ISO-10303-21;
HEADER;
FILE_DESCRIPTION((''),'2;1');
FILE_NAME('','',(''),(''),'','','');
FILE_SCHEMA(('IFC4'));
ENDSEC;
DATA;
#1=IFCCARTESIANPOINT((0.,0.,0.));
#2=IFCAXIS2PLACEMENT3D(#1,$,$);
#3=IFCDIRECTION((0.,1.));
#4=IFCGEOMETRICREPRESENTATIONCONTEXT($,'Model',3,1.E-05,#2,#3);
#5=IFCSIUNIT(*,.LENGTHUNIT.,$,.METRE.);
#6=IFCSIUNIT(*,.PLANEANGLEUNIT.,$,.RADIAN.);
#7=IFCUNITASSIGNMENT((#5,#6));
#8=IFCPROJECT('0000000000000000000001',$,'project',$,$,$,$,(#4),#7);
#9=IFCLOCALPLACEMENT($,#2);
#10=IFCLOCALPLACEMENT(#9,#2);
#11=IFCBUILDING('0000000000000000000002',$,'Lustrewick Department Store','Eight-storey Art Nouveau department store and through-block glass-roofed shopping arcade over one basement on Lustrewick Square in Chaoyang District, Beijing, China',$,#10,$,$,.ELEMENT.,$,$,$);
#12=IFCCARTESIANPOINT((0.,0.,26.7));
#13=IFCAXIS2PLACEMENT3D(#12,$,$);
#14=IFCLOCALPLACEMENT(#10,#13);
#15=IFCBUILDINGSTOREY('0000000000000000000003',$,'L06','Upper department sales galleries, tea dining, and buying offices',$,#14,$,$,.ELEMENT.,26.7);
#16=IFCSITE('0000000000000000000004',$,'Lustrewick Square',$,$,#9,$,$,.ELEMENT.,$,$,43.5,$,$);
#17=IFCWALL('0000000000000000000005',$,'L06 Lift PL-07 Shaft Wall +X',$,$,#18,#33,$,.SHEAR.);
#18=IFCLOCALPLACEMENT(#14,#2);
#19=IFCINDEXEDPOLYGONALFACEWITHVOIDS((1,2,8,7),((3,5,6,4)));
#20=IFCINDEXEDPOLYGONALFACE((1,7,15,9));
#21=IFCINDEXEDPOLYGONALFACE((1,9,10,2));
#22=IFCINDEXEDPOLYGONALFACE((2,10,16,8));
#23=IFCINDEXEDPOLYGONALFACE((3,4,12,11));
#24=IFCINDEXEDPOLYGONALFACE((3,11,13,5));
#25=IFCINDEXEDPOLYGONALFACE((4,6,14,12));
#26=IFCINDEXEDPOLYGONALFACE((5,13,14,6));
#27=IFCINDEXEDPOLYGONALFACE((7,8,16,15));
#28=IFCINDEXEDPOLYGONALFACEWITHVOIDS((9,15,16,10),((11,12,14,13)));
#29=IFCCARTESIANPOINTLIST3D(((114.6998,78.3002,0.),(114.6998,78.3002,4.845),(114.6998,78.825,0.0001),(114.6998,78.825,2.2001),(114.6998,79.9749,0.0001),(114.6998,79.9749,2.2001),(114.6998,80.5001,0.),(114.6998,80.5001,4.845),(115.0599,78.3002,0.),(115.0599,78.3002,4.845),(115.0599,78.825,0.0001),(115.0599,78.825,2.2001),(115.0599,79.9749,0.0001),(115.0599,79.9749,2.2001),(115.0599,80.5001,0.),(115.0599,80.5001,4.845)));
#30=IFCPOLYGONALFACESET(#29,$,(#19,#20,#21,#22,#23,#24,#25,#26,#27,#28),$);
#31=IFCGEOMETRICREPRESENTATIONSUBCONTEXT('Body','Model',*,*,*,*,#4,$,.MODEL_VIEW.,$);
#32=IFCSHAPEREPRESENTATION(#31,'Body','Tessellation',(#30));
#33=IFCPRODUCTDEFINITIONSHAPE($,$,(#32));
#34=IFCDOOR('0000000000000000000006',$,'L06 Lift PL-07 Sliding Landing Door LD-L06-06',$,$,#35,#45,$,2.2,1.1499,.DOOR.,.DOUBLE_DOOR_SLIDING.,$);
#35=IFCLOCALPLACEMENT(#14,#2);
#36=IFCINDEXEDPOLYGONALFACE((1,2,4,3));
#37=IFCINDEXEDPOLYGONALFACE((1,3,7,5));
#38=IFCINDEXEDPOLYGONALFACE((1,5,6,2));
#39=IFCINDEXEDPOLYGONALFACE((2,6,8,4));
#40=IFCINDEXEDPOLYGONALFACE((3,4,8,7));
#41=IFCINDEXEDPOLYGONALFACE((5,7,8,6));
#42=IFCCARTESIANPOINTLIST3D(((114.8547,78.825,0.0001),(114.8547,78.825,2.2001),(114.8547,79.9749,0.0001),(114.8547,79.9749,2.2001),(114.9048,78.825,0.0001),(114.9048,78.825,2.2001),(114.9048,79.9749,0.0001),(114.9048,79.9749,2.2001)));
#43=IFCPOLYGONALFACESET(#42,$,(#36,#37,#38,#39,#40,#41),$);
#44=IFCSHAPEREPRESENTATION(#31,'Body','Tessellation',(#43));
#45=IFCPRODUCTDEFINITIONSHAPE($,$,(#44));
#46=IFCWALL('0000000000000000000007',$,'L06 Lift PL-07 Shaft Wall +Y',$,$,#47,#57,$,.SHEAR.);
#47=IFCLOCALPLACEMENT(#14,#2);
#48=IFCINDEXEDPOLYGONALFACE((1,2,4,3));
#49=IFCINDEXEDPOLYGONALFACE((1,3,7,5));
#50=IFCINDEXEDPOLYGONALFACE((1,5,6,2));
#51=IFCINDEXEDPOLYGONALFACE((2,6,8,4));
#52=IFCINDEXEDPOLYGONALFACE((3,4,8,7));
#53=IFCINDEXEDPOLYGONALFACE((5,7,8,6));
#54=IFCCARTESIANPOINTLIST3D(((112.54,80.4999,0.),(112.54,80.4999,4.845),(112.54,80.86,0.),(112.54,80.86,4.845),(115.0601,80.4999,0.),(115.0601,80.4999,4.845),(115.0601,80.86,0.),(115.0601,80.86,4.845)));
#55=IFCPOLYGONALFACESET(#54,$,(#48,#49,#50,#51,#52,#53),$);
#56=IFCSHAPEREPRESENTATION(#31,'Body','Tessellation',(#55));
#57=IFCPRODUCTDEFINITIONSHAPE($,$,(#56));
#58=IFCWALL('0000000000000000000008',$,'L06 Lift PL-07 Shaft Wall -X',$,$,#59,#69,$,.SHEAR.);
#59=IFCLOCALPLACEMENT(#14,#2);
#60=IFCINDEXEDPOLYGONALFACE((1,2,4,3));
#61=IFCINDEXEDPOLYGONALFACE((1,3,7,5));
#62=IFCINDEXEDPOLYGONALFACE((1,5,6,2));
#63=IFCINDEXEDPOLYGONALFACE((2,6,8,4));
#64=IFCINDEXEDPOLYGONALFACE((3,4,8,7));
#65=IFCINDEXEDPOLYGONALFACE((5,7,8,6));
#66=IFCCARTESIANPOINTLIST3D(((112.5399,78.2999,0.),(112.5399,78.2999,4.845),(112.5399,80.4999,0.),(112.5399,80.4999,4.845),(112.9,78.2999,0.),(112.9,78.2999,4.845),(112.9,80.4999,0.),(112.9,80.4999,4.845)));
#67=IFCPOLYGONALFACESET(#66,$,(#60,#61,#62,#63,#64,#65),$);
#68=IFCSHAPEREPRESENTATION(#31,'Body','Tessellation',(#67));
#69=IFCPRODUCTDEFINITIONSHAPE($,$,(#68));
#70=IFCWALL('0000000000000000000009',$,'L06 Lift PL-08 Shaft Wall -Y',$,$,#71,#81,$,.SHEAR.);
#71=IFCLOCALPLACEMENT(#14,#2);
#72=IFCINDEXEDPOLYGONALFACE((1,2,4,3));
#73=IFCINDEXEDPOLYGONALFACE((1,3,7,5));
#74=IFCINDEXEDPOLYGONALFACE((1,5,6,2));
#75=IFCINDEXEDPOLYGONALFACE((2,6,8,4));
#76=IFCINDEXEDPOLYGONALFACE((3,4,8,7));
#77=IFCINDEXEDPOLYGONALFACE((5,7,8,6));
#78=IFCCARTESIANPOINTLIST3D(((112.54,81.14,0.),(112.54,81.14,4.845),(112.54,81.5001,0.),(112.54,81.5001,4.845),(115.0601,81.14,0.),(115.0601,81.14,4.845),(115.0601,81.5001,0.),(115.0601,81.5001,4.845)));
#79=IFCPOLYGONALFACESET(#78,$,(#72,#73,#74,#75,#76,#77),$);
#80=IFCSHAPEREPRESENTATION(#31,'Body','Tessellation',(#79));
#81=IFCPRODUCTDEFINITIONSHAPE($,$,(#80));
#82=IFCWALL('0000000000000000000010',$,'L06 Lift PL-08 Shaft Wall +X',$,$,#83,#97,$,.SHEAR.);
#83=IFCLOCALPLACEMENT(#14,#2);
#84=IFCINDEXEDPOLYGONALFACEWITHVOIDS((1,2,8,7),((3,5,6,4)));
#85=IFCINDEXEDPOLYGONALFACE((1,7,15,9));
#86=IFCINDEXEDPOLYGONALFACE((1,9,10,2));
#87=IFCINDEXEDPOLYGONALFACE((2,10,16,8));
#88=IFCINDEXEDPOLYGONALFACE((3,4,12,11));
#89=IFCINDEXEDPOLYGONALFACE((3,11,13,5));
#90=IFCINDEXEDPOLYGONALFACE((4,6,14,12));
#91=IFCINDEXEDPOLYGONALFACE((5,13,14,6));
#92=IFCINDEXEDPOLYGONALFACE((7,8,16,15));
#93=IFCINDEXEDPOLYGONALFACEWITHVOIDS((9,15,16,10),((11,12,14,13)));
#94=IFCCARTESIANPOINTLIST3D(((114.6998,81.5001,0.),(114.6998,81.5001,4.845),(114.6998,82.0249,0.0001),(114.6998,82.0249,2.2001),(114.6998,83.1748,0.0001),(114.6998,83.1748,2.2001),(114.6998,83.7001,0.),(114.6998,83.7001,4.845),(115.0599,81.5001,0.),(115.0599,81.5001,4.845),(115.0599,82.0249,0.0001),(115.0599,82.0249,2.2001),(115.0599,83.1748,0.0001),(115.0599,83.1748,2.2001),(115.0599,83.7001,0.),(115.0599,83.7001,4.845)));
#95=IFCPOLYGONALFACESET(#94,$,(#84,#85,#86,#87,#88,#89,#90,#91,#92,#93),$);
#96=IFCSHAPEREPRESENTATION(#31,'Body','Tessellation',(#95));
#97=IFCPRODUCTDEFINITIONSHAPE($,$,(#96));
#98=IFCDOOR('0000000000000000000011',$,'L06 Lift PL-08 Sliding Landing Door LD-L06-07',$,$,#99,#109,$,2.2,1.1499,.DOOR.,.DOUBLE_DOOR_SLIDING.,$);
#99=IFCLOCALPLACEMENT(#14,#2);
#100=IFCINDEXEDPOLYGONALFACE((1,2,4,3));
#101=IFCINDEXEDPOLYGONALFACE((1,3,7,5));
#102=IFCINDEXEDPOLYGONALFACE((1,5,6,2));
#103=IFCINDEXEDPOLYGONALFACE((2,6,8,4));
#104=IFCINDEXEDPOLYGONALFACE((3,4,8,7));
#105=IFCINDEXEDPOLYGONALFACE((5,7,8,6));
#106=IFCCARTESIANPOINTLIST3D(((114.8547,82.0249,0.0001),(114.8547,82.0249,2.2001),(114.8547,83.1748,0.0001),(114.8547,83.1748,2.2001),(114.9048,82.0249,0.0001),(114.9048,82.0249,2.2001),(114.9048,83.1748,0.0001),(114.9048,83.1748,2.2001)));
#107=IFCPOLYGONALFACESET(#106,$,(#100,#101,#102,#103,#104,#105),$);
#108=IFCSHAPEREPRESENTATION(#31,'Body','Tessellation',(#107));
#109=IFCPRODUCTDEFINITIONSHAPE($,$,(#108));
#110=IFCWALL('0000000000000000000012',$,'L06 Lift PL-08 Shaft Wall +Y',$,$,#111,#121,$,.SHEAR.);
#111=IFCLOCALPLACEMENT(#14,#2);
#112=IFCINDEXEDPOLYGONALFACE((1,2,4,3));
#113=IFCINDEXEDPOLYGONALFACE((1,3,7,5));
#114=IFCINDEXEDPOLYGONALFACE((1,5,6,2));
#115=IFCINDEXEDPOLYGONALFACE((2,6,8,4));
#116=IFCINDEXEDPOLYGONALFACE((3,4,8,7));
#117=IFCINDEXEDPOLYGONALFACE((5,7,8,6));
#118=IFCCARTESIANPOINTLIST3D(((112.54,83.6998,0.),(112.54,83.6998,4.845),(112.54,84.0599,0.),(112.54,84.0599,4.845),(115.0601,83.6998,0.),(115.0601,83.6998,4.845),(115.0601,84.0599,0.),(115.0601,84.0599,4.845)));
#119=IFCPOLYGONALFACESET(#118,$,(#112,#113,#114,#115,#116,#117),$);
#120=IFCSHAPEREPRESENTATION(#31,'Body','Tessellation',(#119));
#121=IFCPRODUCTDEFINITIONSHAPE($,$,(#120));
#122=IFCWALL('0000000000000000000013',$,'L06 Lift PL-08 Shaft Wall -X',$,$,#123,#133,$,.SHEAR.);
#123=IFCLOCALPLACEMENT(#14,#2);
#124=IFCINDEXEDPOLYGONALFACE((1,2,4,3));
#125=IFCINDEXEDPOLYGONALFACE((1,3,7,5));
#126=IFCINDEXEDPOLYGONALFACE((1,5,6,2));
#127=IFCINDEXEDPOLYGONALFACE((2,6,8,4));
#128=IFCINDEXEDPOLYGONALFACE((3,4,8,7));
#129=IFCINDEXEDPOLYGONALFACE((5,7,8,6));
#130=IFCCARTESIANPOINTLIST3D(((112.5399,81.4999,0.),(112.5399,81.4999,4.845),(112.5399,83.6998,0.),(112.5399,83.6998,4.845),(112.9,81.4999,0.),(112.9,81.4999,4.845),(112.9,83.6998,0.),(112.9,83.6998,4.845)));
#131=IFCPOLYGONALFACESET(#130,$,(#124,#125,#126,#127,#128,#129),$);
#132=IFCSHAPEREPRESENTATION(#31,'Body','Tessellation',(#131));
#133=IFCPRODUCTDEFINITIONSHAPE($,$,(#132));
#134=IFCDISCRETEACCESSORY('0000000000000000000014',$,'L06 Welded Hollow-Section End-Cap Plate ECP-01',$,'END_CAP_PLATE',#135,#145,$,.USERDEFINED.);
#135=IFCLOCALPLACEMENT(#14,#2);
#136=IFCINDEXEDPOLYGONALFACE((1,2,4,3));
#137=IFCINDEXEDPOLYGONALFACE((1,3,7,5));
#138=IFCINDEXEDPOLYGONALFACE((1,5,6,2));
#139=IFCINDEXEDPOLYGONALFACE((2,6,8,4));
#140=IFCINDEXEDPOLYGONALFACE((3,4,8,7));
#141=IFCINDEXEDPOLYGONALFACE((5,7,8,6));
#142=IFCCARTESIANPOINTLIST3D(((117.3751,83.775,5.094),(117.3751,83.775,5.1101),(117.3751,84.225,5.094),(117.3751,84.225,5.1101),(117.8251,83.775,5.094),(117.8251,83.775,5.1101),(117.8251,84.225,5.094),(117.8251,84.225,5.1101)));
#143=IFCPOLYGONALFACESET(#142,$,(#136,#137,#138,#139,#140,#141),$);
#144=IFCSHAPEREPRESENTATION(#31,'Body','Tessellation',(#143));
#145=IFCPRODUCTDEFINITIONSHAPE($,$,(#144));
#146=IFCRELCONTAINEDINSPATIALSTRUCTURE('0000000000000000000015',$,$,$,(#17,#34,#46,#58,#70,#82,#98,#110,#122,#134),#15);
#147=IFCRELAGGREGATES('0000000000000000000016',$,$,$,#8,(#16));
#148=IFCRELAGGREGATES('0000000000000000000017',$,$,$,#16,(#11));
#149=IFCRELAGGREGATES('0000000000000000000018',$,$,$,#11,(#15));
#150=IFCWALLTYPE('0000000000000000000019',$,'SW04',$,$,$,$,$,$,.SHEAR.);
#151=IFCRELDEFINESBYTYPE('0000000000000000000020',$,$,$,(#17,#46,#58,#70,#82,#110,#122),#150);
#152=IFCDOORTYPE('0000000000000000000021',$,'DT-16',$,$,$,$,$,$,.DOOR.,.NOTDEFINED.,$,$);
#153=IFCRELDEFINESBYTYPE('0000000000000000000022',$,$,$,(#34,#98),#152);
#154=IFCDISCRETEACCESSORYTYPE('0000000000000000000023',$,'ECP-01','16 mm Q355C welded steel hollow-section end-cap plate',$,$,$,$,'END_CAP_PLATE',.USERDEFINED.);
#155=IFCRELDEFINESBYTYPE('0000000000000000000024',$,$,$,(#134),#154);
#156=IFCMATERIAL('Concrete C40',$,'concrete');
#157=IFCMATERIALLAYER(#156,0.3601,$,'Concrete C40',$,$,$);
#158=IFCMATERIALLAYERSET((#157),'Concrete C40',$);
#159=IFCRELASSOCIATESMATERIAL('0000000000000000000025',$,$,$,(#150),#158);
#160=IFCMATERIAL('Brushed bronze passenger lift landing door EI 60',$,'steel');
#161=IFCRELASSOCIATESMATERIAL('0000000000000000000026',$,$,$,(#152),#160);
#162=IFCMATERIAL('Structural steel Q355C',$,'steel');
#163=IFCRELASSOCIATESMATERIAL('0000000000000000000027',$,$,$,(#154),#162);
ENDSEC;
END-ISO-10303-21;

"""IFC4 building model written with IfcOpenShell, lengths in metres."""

from ifc_helpers import new_model, si_unit, direction, frame, frame_2d, origin, origin_2d, place, context, subcontext, project, spatial, rectangle, extrude, material, layer, layer_set, type_object, element, fill, save


model = new_model("IFC4")

# Units and contexts
model_context = context("Model", 3, precision=1e-05, world=origin(), true_north=direction((0.0, 1.0)))
body_context = subcontext(model_context, "Body", "Model", "MODEL_VIEW")
ifc_project = project(units=[si_unit("LENGTHUNIT", "METRE"), si_unit("PLANEANGLEUNIT", "RADIAN")], contexts=[model_context])

# Site, building, storey
site_placement = place(None, origin())
site = spatial("IfcSite", under=ifc_project, at=site_placement, Name="Lustrewick Square", CompositionType="ELEMENT", RefElevation=43.5)
building_placement = place(site_placement, origin())
building = spatial("IfcBuilding", under=site, at=building_placement, Name="Lustrewick Department Store", Description="Eight-storey Art Nouveau department store and through-block glass-roofed shopping arcade over one basement on Lustrewick Square in Chaoyang District, Beijing, China", CompositionType="ELEMENT")
storey_placement = place(building_placement, frame((0.0, 0.0, 26.7)))
storey = spatial("IfcBuildingStorey", under=building, at=storey_placement, Name="L06", Description="Upper department sales galleries, tea dining, and buying offices", CompositionType="ELEMENT", Elevation=26.7)

# Shared definitions
ifc_material_1 = material(Name="Structural steel Q355C", Category="steel")

# Shared definitions
ifc_material_2 = material(Name="Concrete C40", Category="concrete")
ifc_layer_1 = layer(ifc_material_2, 0.3601, Name="Concrete C40")
ifc_layer_set_1 = layer_set([ifc_layer_1], Name="Concrete C40")
wall_type_1 = type_object("IfcWallType", Name="SW04", PredefinedType="SHEAR", material=ifc_layer_set_1)

# Wall, opening, door
wall_1_placement = place(storey_placement, frame((114.8799, 78.3, 0.0), z_axis=(0.0, 0.0, 1.0), x_axis=(0.0, 1.0, 0.0)))
wall_1 = element("IfcWall", 1, at=wall_1_placement, inside=storey, type_object=wall_type_1, Name="L06 Lift PL-07 Shaft Wall +X", PredefinedType="SHEAR", context=body_context, shape_type="SweptSolid", body=[
    extrude(rectangle(XDim=2.2, YDim=0.3601, at=frame_2d((1.1001, 0.0))), origin(), (0.0, 0.0, 1.0), 4.845),
])
opening_1_placement = place(wall_1_placement, frame((0.5249, 0.0, 0.0)))
opening_1 = element("IfcOpeningElement", 2, at=opening_1_placement, cuts=wall_1, PredefinedType="OPENING", context=body_context, shape_type="SweptSolid", body=[
    extrude(rectangle(XDim=1.1499, YDim=2.2, at=frame_2d((0.575, 1.1001))), frame((0.0, 0.1899, 0.0), z_axis=(0.0, -1.0, 0.0), x_axis=(1.0, 0.0, 0.0)), (0.0, 0.0, 1.0), 0.3801),
])
ifc_material_3 = material(Name="Brushed bronze passenger lift landing door EI 60", Category="steel")
door_type_1 = type_object("IfcDoorType", Name="DT-16", OperationType="NOTDEFINED", PredefinedType="DOOR", material=ifc_material_3)
door_1_placement = place(opening_1_placement, frame((1.1499, 0.0, 0.0), z_axis=(0.0, 0.0, 1.0), x_axis=(-1.0, 0.0, 0.0)))
door_1 = element("IfcDoor", 3, at=door_1_placement, inside=storey, type_object=door_type_1, Name="L06 Lift PL-07 Sliding Landing Door LD-L06-06", OperationType="DOUBLE_DOOR_SLIDING", OverallHeight=2.2, OverallWidth=1.1499, PredefinedType="DOOR", context=body_context, shape_type="SweptSolid", body=[
    extrude(rectangle(XDim=1.1499, YDim=2.2, at=frame_2d((0.575, 1.1001))), frame((0.0, 0.0249, 0.0), z_axis=(0.0, -1.0, 0.0), x_axis=(1.0, 0.0, 0.0)), (0.0, 0.0, 1.0), 0.05),
])
fill(opening_1, door_1)

# Walls
wall_2_placement = place(storey_placement, frame((115.0601, 80.6799, 0.0), z_axis=(0.0, 0.0, 1.0), x_axis=(-1.0, 0.0, 0.0)))
element("IfcWall", 4, at=wall_2_placement, inside=storey, type_object=wall_type_1, Name="L06 Lift PL-07 Shaft Wall +Y", PredefinedType="SHEAR", context=body_context, shape_type="SweptSolid", body=[
    extrude(rectangle(XDim=2.52, YDim=0.3601, at=frame_2d((1.26, 0.0))), origin(), (0.0, 0.0, 1.0), 4.845),
])
wall_3_placement = place(storey_placement, frame((112.72, 80.5, 0.0), z_axis=(0.0, 0.0, 1.0), x_axis=(0.0, -1.0, 0.0)))
element("IfcWall", 5, at=wall_3_placement, inside=storey, type_object=wall_type_1, Name="L06 Lift PL-07 Shaft Wall -X", PredefinedType="SHEAR", context=body_context, shape_type="SweptSolid", body=[
    extrude(rectangle(XDim=2.2, YDim=0.3601, at=frame_2d((1.1001, 0.0))), origin(), (0.0, 0.0, 1.0), 4.845),
])
wall_4_placement = place(storey_placement, frame((112.54, 81.3201, 0.0), z_axis=(0.0, 0.0, 1.0), x_axis=(1.0, 0.0, 0.0)))
element("IfcWall", 6, at=wall_4_placement, inside=storey, type_object=wall_type_1, Name="L06 Lift PL-08 Shaft Wall -Y", PredefinedType="SHEAR", context=body_context, shape_type="SweptSolid", body=[
    extrude(rectangle(XDim=2.52, YDim=0.3601, at=frame_2d((1.26, 0.0))), origin(), (0.0, 0.0, 1.0), 4.845),
])

# Wall, opening, door
wall_5_placement = place(storey_placement, frame((114.8799, 81.5, 0.0), z_axis=(0.0, 0.0, 1.0), x_axis=(0.0, 1.0, 0.0)))
wall_5 = element("IfcWall", 7, at=wall_5_placement, inside=storey, type_object=wall_type_1, Name="L06 Lift PL-08 Shaft Wall +X", PredefinedType="SHEAR", context=body_context, shape_type="SweptSolid", body=[
    extrude(rectangle(XDim=2.2, YDim=0.3601, at=frame_2d((1.1001, 0.0))), origin(), (0.0, 0.0, 1.0), 4.845),
])
opening_2_placement = place(wall_5_placement, frame((0.5249, 0.0, 0.0)))
opening_2 = element("IfcOpeningElement", 8, at=opening_2_placement, cuts=wall_5, PredefinedType="OPENING", context=body_context, shape_type="SweptSolid", body=[
    extrude(rectangle(XDim=1.1499, YDim=2.2, at=frame_2d((0.575, 1.1001))), frame((0.0, 0.1899, 0.0), z_axis=(0.0, -1.0, 0.0), x_axis=(1.0, 0.0, 0.0)), (0.0, 0.0, 1.0), 0.3801),
])
door_2_placement = place(opening_2_placement, frame((1.1499, 0.0, 0.0), z_axis=(0.0, 0.0, 1.0), x_axis=(-1.0, 0.0, 0.0)))
door_2 = element("IfcDoor", 9, at=door_2_placement, inside=storey, type_object=door_type_1, Name="L06 Lift PL-08 Sliding Landing Door LD-L06-07", OperationType="DOUBLE_DOOR_SLIDING", OverallHeight=2.2, OverallWidth=1.1499, PredefinedType="DOOR", context=body_context, shape_type="SweptSolid", body=[
    extrude(rectangle(XDim=1.1499, YDim=2.2, at=frame_2d((0.575, 1.1001))), frame((0.0, 0.0249, 0.0), z_axis=(0.0, -1.0, 0.0), x_axis=(1.0, 0.0, 0.0)), (0.0, 0.0, 1.0), 0.05),
])
fill(opening_2, door_2)

# Walls
wall_6_placement = place(storey_placement, frame((115.0601, 83.8799, 0.0), z_axis=(0.0, 0.0, 1.0), x_axis=(-1.0, 0.0, 0.0)))
element("IfcWall", 10, at=wall_6_placement, inside=storey, type_object=wall_type_1, Name="L06 Lift PL-08 Shaft Wall +Y", PredefinedType="SHEAR", context=body_context, shape_type="SweptSolid", body=[
    extrude(rectangle(XDim=2.52, YDim=0.3601, at=frame_2d((1.26, 0.0))), origin(), (0.0, 0.0, 1.0), 4.845),
])
wall_7_placement = place(storey_placement, frame((112.72, 83.7, 0.0), z_axis=(0.0, 0.0, 1.0), x_axis=(0.0, -1.0, 0.0)))
element("IfcWall", 11, at=wall_7_placement, inside=storey, type_object=wall_type_1, Name="L06 Lift PL-08 Shaft Wall -X", PredefinedType="SHEAR", context=body_context, shape_type="SweptSolid", body=[
    extrude(rectangle(XDim=2.2, YDim=0.3601, at=frame_2d((1.1001, 0.0))), origin(), (0.0, 0.0, 1.0), 4.845),
])

# Discrete accessory
discrete_accessory_type = type_object("IfcDiscreteAccessoryType", Name="ECP-01", Description="16 mm Q355C welded steel hollow-section end-cap plate", ElementType="END_CAP_PLATE", PredefinedType="USERDEFINED", material=ifc_material_1)
discrete_accessory_placement = place(storey_placement, frame((117.6001, 84.0, 5.094), z_axis=(0.0, 0.0, 1.0), x_axis=(1.0, 0.0, 0.0)))
element("IfcDiscreteAccessory", 12, at=discrete_accessory_placement, inside=storey, type_object=discrete_accessory_type, Name="L06 Welded Hollow-Section End-Cap Plate ECP-01", ObjectType="END_CAP_PLATE", PredefinedType="USERDEFINED", context=body_context, shape_type="SweptSolid", body=[
    extrude(rectangle(XDim=0.45, YDim=0.45, at=origin_2d()), origin(), (0.0, 0.0, 1.0), 0.0161),
])

save(model, "model.ifc")
